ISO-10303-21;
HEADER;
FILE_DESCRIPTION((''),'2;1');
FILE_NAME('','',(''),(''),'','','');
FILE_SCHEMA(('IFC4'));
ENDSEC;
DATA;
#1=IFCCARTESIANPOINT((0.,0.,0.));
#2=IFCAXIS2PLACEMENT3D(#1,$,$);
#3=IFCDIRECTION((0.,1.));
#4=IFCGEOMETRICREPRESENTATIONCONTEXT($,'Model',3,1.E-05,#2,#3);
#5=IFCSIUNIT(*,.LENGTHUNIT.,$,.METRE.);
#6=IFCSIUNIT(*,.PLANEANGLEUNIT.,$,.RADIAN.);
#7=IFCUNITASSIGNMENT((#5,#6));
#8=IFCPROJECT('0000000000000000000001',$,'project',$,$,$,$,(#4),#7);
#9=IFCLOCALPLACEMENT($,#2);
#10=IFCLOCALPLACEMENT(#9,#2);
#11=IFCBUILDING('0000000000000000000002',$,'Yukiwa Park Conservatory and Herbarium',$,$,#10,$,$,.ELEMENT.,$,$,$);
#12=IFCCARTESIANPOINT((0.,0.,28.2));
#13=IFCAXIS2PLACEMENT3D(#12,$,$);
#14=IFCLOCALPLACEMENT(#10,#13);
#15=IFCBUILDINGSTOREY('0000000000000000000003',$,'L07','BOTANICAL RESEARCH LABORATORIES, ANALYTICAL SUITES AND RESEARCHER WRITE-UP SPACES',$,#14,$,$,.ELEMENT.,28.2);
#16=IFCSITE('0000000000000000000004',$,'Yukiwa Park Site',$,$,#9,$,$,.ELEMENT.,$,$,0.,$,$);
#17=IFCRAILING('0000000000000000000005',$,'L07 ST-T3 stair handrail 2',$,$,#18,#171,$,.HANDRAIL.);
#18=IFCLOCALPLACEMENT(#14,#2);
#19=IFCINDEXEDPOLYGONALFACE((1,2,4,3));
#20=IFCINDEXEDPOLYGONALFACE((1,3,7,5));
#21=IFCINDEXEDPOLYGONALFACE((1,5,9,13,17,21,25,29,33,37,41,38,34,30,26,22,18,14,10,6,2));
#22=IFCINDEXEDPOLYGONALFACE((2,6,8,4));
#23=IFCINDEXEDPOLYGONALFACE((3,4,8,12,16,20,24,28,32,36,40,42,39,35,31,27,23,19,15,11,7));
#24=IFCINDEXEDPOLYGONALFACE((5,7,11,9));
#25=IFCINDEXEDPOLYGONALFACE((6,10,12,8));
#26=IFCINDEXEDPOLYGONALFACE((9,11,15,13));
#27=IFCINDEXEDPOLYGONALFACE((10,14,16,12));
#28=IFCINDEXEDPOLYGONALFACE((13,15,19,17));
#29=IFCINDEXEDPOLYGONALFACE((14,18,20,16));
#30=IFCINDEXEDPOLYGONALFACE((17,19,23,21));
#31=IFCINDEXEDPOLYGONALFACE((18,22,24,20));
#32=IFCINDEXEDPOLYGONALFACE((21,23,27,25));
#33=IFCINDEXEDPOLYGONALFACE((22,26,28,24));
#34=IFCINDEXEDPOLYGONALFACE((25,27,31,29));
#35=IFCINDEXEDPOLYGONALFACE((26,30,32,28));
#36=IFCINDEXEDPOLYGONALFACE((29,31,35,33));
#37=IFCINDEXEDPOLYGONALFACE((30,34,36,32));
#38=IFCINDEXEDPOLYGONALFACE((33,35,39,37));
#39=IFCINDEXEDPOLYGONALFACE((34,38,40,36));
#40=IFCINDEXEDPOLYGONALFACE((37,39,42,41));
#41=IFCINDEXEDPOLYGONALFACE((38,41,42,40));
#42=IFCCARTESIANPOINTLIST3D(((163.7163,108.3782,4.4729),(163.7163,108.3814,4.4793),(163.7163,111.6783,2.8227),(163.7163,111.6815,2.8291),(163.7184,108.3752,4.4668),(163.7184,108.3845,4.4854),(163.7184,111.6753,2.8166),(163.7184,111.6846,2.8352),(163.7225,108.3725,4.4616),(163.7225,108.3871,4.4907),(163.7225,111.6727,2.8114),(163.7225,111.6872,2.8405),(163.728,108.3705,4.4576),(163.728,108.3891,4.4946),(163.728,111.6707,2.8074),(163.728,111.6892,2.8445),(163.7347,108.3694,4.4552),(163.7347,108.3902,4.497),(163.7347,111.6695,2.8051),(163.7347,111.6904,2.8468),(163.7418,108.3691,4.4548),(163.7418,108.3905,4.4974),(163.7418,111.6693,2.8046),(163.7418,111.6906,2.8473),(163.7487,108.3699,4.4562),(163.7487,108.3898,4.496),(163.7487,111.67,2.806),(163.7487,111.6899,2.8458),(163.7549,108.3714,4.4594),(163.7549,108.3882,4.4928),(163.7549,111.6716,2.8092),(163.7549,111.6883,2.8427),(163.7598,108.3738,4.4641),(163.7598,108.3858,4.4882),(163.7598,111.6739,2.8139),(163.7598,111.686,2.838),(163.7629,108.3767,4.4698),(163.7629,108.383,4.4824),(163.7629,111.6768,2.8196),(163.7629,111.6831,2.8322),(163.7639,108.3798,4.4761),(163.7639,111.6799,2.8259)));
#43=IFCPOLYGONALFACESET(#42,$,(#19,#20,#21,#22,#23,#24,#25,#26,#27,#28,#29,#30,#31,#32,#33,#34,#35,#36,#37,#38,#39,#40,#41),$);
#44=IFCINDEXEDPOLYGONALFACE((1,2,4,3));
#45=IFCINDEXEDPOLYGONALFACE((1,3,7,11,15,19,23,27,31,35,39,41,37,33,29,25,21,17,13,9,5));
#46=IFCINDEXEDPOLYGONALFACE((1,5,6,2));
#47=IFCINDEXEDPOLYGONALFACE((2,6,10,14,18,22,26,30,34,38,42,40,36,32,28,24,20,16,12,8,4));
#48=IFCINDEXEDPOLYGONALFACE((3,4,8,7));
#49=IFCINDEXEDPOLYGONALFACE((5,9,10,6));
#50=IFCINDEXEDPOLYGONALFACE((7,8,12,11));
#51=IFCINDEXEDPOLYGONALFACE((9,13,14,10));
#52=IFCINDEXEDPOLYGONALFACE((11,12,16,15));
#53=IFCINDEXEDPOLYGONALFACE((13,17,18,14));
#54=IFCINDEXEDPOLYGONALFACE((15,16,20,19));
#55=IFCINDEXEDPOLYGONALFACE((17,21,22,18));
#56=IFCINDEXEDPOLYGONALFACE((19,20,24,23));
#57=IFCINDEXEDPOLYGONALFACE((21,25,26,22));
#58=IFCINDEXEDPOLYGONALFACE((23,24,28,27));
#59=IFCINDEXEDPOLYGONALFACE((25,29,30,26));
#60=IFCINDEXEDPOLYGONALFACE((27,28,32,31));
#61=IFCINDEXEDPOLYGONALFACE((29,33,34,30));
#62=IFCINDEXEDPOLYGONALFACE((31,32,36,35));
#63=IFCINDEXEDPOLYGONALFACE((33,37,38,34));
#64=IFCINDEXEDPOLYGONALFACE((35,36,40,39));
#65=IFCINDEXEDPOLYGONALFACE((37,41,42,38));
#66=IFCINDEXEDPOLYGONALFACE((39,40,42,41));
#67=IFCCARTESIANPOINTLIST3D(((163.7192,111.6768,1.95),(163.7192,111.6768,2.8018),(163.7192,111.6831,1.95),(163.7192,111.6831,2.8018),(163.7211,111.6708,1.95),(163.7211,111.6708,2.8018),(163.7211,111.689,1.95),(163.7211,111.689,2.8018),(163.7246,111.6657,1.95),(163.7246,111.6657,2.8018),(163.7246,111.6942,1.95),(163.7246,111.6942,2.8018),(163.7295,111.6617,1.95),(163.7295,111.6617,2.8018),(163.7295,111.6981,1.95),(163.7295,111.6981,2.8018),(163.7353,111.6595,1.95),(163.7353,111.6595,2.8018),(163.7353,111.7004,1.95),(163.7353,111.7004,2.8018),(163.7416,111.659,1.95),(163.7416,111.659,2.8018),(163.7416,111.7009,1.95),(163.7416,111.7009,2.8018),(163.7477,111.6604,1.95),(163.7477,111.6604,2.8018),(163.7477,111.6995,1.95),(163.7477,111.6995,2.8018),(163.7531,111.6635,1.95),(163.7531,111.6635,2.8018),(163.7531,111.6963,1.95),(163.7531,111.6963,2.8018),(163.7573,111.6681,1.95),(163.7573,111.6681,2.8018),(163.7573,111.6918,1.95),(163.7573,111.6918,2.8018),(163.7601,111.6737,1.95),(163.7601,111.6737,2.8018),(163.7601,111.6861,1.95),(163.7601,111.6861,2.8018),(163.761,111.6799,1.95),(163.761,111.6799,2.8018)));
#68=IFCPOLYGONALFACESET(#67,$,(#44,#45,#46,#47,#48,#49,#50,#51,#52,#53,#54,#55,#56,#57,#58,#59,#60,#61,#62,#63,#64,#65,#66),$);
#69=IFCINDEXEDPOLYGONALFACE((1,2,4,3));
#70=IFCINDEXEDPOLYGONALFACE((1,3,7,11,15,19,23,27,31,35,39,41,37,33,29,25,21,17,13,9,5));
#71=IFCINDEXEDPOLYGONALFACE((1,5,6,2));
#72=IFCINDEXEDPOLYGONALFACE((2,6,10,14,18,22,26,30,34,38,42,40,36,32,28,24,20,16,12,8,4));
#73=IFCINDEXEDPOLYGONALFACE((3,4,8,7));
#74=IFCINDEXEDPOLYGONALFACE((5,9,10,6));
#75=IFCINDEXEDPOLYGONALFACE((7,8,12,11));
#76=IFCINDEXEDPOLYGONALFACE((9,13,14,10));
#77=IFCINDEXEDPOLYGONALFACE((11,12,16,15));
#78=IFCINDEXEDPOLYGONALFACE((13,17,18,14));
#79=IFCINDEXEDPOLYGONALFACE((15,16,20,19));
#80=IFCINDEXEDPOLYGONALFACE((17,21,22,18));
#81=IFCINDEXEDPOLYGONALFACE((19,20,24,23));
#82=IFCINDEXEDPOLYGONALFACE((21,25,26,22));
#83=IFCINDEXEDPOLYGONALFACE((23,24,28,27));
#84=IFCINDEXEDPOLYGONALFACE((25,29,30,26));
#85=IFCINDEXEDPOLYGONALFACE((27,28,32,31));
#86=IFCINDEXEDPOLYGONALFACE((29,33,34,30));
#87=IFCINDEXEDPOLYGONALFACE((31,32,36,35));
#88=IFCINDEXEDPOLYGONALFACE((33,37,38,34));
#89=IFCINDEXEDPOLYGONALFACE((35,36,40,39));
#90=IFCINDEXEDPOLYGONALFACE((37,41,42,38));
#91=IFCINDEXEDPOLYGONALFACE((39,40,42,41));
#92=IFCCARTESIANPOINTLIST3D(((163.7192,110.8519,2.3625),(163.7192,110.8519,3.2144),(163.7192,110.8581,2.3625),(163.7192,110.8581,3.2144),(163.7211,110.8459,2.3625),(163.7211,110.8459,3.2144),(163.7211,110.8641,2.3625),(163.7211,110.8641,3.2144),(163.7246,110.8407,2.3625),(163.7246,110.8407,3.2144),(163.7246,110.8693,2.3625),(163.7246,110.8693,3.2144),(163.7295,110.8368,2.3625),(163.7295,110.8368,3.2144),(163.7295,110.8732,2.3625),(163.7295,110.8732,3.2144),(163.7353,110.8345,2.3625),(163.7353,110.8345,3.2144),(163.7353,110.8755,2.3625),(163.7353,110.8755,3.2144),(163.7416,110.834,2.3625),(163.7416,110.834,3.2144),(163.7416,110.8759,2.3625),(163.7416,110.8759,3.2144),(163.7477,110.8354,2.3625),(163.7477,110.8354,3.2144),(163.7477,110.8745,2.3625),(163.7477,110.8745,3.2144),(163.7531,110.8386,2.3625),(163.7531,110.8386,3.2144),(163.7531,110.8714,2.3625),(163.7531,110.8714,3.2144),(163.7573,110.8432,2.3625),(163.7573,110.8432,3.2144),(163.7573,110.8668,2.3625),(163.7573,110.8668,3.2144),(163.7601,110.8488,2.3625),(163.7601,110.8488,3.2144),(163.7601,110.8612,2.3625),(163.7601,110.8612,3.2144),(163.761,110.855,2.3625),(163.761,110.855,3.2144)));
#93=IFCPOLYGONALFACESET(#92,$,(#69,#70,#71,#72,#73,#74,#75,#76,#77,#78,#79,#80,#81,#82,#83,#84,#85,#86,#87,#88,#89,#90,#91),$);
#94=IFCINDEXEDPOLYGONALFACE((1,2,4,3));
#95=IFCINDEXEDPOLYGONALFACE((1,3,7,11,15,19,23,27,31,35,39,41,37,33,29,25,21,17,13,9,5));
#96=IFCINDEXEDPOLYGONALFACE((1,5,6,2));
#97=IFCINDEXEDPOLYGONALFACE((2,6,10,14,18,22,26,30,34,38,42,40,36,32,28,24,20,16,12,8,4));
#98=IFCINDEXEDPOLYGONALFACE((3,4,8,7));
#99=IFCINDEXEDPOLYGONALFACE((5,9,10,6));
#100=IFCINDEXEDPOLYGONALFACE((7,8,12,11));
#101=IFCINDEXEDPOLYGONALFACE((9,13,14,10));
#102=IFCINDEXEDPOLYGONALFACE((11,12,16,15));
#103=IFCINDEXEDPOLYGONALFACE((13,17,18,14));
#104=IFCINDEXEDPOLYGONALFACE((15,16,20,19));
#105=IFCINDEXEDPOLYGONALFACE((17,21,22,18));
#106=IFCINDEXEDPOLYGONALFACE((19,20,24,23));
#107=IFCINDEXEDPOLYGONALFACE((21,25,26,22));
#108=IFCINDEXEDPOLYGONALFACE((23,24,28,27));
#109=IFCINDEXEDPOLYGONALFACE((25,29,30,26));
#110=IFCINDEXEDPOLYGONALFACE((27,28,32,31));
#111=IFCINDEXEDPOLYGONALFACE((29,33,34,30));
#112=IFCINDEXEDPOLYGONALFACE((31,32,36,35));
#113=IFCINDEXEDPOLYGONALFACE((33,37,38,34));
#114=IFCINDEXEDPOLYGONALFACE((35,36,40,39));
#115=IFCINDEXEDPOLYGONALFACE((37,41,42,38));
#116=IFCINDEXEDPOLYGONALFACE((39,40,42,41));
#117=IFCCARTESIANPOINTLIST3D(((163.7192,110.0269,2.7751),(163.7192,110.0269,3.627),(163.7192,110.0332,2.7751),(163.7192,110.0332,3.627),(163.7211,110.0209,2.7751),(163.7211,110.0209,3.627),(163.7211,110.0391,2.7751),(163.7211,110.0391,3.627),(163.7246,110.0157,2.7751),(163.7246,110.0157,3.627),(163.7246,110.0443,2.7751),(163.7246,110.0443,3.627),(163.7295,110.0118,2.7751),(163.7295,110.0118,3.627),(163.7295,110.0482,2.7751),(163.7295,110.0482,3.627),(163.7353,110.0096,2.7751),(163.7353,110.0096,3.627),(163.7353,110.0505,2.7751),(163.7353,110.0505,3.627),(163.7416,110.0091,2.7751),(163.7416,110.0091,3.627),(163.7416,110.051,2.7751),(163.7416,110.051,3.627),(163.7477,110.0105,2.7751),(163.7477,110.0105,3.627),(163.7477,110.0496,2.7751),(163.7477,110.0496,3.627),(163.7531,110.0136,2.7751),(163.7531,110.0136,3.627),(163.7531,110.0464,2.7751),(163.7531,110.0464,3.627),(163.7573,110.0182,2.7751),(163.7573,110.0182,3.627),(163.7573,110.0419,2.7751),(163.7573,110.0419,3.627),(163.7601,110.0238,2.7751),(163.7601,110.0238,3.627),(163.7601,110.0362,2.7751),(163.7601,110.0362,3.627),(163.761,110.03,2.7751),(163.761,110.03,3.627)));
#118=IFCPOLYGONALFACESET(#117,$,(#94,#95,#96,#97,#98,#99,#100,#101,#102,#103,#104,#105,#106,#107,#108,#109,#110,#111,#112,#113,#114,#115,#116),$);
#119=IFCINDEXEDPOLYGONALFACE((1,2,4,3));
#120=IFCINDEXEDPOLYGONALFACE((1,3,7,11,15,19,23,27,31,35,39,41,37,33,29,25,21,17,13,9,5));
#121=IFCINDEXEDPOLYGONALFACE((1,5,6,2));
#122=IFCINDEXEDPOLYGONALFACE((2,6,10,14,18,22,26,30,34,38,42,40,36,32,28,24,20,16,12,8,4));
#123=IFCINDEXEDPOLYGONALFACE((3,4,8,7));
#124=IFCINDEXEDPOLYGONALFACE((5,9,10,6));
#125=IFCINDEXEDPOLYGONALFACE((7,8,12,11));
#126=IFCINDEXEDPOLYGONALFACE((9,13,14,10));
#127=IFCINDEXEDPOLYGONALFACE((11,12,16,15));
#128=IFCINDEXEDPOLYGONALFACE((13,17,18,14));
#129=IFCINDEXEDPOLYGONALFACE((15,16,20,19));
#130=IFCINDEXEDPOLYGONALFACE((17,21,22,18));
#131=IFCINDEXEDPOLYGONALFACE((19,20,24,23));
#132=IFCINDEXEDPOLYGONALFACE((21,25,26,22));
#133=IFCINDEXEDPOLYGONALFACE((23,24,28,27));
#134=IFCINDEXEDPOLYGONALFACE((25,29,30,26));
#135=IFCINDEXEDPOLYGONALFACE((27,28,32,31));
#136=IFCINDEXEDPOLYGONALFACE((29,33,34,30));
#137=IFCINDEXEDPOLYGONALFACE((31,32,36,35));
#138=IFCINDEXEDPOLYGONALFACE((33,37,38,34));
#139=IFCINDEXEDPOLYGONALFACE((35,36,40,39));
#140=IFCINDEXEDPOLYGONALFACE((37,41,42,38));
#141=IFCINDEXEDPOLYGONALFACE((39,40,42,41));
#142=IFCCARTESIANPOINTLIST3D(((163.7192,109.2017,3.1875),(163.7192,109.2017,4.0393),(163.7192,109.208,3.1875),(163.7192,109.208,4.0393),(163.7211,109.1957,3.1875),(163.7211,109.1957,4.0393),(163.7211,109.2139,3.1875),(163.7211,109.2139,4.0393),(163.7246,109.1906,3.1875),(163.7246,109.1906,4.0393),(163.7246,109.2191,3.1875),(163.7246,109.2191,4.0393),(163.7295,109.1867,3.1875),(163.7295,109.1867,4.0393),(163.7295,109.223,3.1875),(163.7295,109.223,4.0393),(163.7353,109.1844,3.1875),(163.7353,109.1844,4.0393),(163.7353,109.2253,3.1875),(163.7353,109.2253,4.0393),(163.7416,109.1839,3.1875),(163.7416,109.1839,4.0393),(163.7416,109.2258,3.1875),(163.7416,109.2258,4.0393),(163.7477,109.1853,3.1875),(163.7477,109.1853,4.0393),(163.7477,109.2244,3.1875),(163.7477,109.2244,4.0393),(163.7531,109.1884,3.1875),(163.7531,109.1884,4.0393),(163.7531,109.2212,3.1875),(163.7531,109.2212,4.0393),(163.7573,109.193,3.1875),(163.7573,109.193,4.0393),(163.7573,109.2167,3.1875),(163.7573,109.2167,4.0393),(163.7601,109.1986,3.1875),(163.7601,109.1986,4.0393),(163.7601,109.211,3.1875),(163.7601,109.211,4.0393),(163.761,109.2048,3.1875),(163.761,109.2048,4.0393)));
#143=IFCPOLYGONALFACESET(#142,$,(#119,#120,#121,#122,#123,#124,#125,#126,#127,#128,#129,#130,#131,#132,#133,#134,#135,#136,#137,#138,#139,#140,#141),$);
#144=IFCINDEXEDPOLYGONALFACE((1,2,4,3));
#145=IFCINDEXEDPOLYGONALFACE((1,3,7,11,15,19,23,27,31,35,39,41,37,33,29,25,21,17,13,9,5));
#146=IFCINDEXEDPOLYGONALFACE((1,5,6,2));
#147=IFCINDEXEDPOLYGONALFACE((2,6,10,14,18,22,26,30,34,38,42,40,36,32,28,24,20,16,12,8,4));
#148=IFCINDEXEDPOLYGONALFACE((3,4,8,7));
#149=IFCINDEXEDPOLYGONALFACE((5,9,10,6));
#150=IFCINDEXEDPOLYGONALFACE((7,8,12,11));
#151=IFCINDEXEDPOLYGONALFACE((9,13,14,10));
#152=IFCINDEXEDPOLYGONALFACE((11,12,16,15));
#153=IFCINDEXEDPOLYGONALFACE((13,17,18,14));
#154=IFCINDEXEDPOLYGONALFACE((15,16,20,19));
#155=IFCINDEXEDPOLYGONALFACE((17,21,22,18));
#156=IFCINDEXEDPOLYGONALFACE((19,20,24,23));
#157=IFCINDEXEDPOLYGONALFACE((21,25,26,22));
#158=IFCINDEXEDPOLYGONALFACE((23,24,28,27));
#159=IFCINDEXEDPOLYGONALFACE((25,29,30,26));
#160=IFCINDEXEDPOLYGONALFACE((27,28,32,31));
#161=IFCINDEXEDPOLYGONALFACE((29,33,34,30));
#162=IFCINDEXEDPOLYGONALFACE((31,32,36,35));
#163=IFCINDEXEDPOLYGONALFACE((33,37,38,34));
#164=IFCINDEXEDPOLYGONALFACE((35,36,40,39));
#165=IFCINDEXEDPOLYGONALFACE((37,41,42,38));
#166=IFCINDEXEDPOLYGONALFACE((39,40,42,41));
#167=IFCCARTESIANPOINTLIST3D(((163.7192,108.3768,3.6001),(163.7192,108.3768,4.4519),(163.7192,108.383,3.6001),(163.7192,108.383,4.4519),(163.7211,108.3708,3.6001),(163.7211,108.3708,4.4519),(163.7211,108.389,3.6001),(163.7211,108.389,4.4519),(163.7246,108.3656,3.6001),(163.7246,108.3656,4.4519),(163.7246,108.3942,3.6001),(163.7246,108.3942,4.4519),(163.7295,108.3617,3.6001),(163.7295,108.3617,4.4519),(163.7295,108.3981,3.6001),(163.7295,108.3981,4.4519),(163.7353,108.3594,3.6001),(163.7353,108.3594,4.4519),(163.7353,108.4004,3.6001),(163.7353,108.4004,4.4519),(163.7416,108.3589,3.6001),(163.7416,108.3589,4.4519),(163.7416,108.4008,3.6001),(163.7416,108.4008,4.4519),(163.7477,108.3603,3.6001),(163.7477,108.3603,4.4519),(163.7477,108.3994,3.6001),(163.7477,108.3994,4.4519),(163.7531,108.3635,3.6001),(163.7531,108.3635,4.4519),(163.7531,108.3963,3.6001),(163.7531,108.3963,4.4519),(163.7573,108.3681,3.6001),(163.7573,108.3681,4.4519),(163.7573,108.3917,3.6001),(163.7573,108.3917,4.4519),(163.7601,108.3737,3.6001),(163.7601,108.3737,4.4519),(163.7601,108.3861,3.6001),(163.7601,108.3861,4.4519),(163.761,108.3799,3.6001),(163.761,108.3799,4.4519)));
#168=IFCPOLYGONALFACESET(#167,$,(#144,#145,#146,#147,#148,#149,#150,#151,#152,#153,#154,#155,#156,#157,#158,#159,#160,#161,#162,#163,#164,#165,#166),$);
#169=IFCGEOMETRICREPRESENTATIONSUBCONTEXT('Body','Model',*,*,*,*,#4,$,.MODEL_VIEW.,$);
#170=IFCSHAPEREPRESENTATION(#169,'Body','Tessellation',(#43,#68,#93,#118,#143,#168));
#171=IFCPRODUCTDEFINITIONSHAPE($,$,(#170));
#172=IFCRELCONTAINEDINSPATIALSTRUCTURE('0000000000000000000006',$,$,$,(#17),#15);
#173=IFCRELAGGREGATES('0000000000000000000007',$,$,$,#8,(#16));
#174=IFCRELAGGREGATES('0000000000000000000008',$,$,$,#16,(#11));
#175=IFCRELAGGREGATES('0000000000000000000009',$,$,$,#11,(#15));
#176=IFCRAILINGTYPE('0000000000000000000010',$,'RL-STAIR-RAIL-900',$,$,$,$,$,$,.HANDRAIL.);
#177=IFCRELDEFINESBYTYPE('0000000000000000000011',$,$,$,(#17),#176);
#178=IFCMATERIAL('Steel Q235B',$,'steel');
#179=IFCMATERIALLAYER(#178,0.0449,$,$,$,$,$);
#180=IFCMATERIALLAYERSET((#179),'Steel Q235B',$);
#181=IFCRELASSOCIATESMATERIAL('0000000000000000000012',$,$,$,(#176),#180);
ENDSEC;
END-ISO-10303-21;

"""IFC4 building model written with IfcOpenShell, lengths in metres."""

from ifc_helpers import new_model, si_unit, direction, frame, origin, origin_2d, place, context, subcontext, project, spatial, circle, extrude, material, layer, layer_set, type_object, element, save


model = new_model("IFC4")

# Units and contexts
model_context = context("Model", 3, precision=1e-05, world=origin(), true_north=direction((0.0, 1.0)))
body_context = subcontext(model_context, "Body", "Model", "MODEL_VIEW")
ifc_project = project(units=[si_unit("LENGTHUNIT", "METRE"), si_unit("PLANEANGLEUNIT", "RADIAN")], contexts=[model_context])

# Site, building, storey
site_placement = place(None, origin())
site = spatial("IfcSite", under=ifc_project, at=site_placement, Name="Yukiwa Park Site", CompositionType="ELEMENT", RefElevation=0.0)
building_placement = place(site_placement, origin())
building = spatial("IfcBuilding", under=site, at=building_placement, Name="Yukiwa Park Conservatory and Herbarium", CompositionType="ELEMENT")
storey_placement = place(building_placement, frame((0.0, 0.0, 28.2)))
storey = spatial("IfcBuildingStorey", under=building, at=storey_placement, Name="L07", Description="BOTANICAL RESEARCH LABORATORIES, ANALYTICAL SUITES AND RESEARCHER WRITE-UP SPACES", CompositionType="ELEMENT", Elevation=28.2)

# Railing
ifc_material_1 = material(Name="Steel Q235B", Category="steel")
ifc_layer_1 = layer(ifc_material_1, 0.0449)
ifc_layer_set_1 = layer_set([ifc_layer_1], Name="Steel Q235B")
railing_type_1 = type_object("IfcRailingType", Name="RL-STAIR-RAIL-900", PredefinedType="HANDRAIL", material=ifc_layer_set_1)
railing_1_placement = place(storey_placement, frame((163.74, 111.6799, 1.95)))
element("IfcRailing", 1, at=railing_1_placement, inside=storey, type_object=railing_type_1, Name="L07 ST-T3 stair handrail 2", PredefinedType="HANDRAIL", context=body_context, shape_type="SweptSolid", body=[
    extrude(circle(Radius=0.0239, at=origin_2d()), frame((0.0, 0.0, 0.876), z_axis=(0.0, -0.894414, 0.44724), x_axis=(1.0, 0.0, 0.0)), (0.0, 0.0, 1.0), 3.6897),
    extrude(circle(Radius=0.021, at=origin_2d()), origin(), (0.0, 0.0, 1.0), 0.8518),
    extrude(circle(Radius=0.021, at=origin_2d()), frame((0.0, -0.825, 0.4126)), (0.0, 0.0, 1.0), 0.8518),
    extrude(circle(Radius=0.021, at=origin_2d()), frame((0.0, -1.6499, 0.8252)), (0.0, 0.0, 1.0), 0.8518),
    extrude(circle(Radius=0.021, at=origin_2d()), frame((0.0, -2.4751, 1.2375)), (0.0, 0.0, 1.0), 0.8518),
    extrude(circle(Radius=0.021, at=origin_2d()), frame((0.0, -3.3, 1.6501)), (0.0, 0.0, 1.0), 0.8518),
])

save(model, "model.ifc")
